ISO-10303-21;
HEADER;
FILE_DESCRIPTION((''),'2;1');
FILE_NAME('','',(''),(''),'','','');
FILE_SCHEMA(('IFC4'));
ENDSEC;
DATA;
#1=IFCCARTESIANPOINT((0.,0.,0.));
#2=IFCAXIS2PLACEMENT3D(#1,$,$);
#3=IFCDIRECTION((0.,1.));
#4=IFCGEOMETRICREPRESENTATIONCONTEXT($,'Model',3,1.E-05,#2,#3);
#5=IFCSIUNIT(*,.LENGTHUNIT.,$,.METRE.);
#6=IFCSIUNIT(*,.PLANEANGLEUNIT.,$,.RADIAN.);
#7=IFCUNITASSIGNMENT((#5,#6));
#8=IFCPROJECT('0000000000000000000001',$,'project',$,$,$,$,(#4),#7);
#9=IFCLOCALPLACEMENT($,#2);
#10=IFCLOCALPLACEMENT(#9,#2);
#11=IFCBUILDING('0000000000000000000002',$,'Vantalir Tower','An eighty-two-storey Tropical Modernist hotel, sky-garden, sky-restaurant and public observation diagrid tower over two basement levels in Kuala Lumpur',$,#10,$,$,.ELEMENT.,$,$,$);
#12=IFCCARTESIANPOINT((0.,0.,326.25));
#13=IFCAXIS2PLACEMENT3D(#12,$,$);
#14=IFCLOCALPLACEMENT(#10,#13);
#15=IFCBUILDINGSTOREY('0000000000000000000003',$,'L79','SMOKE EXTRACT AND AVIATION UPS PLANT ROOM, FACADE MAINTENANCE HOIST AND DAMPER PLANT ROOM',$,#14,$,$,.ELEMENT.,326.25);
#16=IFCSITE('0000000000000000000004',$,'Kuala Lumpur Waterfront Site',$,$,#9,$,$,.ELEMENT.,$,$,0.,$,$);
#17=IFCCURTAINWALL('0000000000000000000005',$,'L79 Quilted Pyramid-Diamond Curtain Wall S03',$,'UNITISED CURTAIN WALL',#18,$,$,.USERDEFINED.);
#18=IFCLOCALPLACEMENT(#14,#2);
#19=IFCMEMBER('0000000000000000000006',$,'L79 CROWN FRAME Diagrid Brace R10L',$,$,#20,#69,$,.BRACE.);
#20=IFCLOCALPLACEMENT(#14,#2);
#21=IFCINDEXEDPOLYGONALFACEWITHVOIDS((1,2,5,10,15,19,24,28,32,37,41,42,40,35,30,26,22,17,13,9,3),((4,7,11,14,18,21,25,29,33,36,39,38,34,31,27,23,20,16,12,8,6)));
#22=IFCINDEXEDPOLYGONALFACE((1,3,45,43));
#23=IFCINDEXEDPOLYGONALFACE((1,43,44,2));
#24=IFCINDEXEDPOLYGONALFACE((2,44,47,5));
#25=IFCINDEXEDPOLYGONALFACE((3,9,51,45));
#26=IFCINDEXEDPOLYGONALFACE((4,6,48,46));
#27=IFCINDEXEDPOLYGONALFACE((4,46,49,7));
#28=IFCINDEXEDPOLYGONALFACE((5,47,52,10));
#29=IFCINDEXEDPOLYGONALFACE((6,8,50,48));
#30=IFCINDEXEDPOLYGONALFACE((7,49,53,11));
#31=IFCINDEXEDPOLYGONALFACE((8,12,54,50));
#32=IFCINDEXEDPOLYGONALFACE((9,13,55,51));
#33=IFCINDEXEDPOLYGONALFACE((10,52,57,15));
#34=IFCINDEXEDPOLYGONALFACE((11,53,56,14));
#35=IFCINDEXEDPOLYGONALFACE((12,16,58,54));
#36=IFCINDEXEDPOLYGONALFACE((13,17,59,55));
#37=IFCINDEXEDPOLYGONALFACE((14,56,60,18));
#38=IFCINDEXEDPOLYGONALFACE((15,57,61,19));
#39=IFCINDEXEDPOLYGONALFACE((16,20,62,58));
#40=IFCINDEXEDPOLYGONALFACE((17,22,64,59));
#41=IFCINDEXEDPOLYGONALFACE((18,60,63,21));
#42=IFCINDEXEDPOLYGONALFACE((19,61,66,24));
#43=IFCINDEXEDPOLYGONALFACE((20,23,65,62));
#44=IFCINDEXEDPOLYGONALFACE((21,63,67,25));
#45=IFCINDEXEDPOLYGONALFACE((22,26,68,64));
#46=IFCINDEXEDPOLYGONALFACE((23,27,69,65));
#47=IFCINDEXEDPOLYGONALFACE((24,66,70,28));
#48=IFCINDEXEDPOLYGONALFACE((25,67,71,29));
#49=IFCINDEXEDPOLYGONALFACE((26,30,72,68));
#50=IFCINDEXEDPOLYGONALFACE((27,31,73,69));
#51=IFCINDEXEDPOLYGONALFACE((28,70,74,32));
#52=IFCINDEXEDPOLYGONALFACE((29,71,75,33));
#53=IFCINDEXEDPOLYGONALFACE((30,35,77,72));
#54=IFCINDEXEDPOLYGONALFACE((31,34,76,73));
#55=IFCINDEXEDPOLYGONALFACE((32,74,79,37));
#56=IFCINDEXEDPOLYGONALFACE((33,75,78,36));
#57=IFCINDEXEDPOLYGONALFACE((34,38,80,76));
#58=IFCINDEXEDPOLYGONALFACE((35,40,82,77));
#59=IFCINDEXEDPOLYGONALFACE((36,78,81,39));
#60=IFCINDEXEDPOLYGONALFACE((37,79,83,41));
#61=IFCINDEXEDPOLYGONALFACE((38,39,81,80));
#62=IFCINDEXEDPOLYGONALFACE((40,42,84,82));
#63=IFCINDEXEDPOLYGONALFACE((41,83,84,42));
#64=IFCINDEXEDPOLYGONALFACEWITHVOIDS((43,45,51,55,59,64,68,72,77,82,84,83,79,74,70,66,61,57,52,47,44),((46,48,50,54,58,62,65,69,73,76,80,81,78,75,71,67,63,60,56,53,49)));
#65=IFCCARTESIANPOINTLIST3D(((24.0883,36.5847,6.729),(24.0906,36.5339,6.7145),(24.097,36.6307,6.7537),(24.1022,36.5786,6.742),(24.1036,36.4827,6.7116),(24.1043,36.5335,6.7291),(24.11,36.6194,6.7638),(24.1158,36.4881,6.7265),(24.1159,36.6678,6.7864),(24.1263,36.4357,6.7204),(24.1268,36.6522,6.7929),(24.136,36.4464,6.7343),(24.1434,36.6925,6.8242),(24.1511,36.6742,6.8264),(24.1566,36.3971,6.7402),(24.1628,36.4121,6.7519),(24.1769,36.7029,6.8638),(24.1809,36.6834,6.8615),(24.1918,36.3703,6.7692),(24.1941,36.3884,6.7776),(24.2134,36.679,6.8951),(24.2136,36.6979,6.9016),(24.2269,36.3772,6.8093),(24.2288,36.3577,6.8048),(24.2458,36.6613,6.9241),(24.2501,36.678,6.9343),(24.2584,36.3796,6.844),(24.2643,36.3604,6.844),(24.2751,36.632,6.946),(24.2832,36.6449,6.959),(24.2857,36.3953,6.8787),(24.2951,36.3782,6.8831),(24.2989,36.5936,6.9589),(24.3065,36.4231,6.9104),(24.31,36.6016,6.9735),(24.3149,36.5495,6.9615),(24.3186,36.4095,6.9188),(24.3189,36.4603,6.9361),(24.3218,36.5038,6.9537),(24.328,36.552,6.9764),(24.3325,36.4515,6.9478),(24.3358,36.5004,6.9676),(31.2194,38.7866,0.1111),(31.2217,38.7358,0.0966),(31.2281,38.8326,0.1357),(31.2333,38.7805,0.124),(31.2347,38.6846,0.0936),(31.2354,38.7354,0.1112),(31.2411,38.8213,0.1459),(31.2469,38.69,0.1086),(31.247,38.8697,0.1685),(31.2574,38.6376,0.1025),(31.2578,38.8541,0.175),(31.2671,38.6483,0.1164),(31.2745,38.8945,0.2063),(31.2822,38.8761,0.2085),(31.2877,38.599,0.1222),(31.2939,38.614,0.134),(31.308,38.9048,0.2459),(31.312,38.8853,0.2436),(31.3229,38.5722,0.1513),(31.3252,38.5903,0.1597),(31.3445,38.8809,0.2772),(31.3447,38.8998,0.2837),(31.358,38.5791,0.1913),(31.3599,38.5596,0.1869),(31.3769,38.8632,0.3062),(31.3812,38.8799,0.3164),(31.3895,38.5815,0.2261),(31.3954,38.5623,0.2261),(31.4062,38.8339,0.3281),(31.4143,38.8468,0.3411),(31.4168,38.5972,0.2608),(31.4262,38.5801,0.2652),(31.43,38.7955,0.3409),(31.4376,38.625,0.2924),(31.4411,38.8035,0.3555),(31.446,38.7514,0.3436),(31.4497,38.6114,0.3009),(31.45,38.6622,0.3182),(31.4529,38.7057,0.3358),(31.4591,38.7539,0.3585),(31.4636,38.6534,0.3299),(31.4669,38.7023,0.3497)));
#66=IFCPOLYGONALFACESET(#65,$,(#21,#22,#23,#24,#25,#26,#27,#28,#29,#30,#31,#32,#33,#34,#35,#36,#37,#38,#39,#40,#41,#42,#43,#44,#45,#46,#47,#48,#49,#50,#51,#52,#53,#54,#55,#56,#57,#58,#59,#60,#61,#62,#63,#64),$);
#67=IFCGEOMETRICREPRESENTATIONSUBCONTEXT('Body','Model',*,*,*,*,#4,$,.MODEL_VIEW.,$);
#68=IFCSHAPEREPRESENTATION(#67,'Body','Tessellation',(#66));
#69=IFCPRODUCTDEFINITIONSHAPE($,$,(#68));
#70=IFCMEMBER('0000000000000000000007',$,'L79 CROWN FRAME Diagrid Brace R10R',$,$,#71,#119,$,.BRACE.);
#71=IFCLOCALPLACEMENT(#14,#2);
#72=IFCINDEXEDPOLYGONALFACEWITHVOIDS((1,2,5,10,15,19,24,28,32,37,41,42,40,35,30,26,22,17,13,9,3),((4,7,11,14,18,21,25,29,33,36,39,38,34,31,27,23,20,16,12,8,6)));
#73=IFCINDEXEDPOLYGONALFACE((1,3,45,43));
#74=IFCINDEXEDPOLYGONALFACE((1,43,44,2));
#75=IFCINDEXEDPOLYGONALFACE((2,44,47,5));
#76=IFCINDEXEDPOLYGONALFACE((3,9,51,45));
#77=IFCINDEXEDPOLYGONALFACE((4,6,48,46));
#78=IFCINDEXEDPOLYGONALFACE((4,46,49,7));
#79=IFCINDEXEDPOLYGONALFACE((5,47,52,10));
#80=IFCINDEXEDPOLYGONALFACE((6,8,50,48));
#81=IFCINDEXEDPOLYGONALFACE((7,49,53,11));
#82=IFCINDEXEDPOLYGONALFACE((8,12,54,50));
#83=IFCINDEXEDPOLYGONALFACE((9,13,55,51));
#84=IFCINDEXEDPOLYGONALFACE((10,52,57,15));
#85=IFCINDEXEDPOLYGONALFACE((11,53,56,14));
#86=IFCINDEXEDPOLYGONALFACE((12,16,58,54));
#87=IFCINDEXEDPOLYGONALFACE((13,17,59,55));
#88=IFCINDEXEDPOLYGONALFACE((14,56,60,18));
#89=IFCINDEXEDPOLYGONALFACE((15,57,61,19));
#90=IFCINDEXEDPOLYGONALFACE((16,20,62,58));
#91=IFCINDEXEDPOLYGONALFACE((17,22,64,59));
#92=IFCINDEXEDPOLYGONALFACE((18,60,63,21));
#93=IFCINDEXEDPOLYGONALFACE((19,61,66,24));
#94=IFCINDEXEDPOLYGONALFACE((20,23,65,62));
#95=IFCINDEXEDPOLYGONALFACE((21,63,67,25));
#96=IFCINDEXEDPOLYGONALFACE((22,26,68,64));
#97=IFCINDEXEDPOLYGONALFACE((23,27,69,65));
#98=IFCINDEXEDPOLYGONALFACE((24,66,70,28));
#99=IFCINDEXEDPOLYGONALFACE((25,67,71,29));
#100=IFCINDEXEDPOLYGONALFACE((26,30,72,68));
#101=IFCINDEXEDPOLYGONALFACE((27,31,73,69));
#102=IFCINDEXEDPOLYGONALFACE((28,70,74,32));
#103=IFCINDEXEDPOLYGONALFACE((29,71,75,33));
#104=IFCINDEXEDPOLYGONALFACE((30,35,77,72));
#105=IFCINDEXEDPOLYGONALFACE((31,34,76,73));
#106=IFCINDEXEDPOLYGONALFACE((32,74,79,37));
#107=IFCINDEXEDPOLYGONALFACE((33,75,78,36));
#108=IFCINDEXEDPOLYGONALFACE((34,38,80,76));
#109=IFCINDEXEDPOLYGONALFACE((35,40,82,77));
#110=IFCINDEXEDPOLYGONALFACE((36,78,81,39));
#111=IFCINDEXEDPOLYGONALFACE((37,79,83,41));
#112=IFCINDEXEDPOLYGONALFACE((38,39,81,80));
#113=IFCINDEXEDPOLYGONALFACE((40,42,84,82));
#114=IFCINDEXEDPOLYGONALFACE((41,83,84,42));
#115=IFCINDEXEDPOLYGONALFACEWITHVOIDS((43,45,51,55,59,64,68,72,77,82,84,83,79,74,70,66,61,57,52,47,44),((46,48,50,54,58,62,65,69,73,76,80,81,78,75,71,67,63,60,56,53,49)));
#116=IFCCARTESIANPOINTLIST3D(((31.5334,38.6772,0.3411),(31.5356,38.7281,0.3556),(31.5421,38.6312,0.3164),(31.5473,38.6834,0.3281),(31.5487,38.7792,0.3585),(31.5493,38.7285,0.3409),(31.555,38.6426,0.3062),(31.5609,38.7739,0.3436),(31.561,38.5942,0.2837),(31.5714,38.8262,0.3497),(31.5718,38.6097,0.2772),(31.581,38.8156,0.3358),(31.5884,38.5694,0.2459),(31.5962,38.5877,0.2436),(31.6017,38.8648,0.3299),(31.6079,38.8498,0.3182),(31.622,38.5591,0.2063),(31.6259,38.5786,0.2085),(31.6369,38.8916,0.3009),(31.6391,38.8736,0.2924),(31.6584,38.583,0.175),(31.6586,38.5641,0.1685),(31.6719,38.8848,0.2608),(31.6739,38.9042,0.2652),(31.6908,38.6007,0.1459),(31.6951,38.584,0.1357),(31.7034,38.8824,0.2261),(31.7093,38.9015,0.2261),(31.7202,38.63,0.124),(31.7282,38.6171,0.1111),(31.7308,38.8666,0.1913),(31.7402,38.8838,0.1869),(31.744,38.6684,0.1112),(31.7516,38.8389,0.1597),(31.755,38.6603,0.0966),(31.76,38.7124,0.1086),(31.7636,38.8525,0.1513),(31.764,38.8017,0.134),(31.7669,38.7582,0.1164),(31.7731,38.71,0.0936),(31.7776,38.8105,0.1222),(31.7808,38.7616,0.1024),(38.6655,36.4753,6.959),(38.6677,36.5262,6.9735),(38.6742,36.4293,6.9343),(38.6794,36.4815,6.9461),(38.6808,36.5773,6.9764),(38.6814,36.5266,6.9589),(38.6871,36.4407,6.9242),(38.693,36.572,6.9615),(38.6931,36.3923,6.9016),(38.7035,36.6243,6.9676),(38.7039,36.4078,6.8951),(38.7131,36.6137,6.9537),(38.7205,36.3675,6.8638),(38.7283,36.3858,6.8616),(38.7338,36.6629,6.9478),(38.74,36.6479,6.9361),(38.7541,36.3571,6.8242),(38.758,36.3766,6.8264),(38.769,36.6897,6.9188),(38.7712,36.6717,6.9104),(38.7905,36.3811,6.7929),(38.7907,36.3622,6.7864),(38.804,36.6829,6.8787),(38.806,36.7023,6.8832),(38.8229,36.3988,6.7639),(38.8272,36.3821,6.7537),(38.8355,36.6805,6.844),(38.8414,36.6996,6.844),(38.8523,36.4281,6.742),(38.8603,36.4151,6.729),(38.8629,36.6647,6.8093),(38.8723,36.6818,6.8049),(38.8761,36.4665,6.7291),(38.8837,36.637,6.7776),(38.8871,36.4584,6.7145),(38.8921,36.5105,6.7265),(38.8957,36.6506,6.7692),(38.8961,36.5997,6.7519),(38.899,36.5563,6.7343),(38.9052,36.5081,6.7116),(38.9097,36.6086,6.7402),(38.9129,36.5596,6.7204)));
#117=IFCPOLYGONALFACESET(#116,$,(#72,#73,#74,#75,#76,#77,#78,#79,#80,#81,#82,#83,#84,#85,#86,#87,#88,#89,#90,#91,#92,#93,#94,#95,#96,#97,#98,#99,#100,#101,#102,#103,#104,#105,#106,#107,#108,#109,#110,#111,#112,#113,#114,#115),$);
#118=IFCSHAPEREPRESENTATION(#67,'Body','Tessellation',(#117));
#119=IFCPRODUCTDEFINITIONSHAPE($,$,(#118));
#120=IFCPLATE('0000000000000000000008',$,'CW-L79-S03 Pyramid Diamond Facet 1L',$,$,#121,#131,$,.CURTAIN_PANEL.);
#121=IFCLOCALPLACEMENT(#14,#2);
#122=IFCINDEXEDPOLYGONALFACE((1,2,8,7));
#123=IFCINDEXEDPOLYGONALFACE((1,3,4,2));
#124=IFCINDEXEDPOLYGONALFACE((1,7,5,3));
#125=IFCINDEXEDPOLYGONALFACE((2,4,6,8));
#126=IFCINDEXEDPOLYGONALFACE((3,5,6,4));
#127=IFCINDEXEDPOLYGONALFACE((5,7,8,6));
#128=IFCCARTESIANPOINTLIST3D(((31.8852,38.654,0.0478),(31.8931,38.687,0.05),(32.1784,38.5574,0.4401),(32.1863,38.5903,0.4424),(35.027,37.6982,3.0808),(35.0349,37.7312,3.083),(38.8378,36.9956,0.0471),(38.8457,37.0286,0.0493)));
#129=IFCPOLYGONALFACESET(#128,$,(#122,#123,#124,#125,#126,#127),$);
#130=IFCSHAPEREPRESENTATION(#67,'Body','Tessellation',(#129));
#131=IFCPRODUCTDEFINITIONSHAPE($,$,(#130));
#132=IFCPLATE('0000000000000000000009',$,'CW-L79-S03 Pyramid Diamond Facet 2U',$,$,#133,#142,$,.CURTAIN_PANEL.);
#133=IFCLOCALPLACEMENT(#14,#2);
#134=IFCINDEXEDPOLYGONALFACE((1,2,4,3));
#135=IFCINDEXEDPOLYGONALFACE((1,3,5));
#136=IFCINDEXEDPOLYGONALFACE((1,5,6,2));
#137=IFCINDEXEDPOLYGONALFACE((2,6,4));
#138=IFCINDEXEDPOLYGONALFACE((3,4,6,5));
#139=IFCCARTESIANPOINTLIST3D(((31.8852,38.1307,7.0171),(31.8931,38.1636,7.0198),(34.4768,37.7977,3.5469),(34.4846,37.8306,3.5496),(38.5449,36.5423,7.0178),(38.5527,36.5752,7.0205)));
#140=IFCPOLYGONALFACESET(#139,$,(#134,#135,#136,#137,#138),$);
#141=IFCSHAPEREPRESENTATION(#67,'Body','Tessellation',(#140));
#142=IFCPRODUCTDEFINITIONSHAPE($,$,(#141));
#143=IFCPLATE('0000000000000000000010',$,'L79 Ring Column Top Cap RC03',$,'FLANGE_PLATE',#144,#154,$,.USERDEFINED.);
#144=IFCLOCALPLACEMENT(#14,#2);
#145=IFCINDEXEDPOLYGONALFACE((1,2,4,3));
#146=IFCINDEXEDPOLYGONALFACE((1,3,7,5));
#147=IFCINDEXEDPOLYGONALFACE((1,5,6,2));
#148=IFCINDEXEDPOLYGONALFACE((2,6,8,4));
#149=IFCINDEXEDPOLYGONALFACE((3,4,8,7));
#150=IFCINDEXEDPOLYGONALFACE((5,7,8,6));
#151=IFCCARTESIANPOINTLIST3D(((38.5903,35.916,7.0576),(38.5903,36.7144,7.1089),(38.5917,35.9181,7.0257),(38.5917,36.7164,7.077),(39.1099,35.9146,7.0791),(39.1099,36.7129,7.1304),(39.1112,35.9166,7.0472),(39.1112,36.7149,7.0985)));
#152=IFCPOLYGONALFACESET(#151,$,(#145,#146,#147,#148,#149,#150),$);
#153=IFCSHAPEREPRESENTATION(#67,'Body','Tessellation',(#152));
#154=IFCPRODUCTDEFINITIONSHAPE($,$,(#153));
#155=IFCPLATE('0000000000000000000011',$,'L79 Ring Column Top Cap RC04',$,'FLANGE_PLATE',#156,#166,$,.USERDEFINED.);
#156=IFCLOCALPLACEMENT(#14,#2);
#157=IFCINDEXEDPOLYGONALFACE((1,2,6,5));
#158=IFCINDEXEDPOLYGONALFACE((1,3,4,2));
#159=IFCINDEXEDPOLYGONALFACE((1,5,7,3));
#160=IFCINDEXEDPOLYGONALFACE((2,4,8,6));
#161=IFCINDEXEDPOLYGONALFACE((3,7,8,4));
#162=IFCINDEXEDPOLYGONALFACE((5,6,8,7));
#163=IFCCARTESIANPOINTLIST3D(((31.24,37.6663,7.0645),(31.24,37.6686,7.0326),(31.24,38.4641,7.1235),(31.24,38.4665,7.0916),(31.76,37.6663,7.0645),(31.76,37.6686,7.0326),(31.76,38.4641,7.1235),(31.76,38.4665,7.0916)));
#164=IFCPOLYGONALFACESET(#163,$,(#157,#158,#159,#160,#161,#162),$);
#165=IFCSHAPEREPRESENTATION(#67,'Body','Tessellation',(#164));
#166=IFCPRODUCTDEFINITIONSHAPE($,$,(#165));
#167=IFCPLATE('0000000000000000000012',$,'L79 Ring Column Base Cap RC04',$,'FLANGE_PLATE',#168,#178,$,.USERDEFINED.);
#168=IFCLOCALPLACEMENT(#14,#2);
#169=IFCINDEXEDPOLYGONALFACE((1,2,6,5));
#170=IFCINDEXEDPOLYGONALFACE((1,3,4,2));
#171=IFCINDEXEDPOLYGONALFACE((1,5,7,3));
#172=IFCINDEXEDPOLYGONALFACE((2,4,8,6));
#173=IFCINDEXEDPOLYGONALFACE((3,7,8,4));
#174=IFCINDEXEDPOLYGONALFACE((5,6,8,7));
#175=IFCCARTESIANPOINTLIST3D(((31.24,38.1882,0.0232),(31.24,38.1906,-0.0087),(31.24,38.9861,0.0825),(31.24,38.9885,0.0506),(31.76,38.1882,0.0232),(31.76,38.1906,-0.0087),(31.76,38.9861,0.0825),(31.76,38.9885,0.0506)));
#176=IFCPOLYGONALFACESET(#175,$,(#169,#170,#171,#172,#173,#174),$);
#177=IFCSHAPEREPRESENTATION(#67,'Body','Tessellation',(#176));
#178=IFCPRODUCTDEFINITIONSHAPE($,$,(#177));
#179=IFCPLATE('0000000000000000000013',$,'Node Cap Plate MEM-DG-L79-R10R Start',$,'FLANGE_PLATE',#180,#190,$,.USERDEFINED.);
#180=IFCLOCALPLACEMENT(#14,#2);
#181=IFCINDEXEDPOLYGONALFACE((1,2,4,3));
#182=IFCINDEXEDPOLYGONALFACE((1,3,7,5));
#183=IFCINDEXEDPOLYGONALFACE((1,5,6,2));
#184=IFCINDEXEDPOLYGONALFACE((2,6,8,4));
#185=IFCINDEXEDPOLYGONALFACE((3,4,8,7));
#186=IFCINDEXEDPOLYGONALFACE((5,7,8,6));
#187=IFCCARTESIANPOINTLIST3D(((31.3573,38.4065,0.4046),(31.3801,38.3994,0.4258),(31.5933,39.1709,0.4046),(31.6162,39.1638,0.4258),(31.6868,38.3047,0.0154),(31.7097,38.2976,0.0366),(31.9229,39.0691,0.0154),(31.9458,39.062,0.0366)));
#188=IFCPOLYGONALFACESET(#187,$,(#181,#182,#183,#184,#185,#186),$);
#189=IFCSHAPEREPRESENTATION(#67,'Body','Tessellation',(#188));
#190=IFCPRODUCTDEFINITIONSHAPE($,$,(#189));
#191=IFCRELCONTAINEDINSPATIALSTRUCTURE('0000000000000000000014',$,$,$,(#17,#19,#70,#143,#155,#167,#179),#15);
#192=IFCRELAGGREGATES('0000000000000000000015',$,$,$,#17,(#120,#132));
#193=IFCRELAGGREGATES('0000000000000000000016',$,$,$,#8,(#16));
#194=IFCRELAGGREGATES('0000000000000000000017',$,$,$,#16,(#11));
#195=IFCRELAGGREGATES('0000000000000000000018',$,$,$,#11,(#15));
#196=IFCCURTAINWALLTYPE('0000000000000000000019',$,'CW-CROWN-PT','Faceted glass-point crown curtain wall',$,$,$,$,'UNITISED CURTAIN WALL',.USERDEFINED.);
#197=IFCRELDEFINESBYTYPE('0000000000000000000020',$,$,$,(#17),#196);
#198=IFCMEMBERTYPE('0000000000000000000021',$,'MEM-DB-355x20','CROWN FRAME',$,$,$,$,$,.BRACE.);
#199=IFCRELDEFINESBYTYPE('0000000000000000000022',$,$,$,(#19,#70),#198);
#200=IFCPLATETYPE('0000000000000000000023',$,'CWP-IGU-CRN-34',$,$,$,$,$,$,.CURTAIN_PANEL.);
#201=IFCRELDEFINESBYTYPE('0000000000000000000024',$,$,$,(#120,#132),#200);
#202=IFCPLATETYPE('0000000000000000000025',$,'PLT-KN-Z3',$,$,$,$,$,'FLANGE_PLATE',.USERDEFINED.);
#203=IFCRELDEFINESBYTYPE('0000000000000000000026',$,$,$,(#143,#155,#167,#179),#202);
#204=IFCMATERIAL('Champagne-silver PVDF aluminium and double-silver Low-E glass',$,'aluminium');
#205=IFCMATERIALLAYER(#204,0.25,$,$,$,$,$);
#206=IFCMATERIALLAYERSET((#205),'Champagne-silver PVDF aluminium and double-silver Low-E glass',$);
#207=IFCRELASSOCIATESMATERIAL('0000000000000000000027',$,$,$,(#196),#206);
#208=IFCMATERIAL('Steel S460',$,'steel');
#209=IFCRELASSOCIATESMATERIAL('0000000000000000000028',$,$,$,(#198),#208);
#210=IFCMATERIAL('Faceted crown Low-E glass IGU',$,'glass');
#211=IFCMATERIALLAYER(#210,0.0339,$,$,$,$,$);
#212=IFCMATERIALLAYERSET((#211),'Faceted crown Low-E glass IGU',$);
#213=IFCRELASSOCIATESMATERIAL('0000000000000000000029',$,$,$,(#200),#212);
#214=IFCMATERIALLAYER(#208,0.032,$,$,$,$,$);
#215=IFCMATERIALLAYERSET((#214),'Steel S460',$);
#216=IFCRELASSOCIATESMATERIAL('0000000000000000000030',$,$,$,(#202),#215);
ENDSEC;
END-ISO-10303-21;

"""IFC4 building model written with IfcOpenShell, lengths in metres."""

from ifc_helpers import new_model, si_unit, direction, frame, origin, origin_2d, place, context, subcontext, project, spatial, polyline, hollow_circle, outline, extrude, material, layer, layer_set, material_profile, profile_set, type_object, element, aggregate, save


model = new_model("IFC4")

# Units and contexts
model_context = context("Model", 3, precision=1e-05, world=origin(), true_north=direction((0.0, 1.0)))
body_context = subcontext(model_context, "Body", "Model", "MODEL_VIEW")
ifc_project = project(units=[si_unit("LENGTHUNIT", "METRE"), si_unit("PLANEANGLEUNIT", "RADIAN")], contexts=[model_context])

# Site, building, storey
site_placement = place(None, origin())
site = spatial("IfcSite", under=ifc_project, at=site_placement, Name="Kuala Lumpur Waterfront Site", CompositionType="ELEMENT", RefElevation=0.0)
building_placement = place(site_placement, origin())
building = spatial("IfcBuilding", under=site, at=building_placement, Name="Vantalir Tower", Description="An eighty-two-storey Tropical Modernist hotel, sky-garden, sky-restaurant and public observation diagrid tower over two basement levels in Kuala Lumpur", CompositionType="ELEMENT")
storey_placement = place(building_placement, frame((0.0, 0.0, 326.25)))
storey = spatial("IfcBuildingStorey", under=building, at=storey_placement, Name="L79", Description="SMOKE EXTRACT AND AVIATION UPS PLANT ROOM, FACADE MAINTENANCE HOIST AND DAMPER PLANT ROOM", CompositionType="ELEMENT", Elevation=326.25)

# Shared definitions
ifc_material_1 = material(Name="Steel S460", Category="steel")

# Curtain wall
ifc_material_2 = material(Name="Champagne-silver PVDF aluminium and double-silver Low-E glass", Category="aluminium")
ifc_layer_1 = layer(ifc_material_2, 0.25)
ifc_layer_set_1 = layer_set([ifc_layer_1], Name="Champagne-silver PVDF aluminium and double-silver Low-E glass")
curtain_wall_type = type_object("IfcCurtainWallType", Name="CW-CROWN-PT", Description="Faceted glass-point crown curtain wall", ElementType="UNITISED CURTAIN WALL", PredefinedType="USERDEFINED", material=ifc_layer_set_1)
curtain_wall_1_placement = place(storey_placement, origin())
curtain_wall_1 = element("IfcCurtainWall", 1, at=curtain_wall_1_placement, inside=storey, type_object=curtain_wall_type, Name="L79 Quilted Pyramid-Diamond Curtain Wall S03", ObjectType="UNITISED CURTAIN WALL", PredefinedType="USERDEFINED")

# Members
ifc_material_profile_1 = material_profile(ifc_material_1, hollow_circle(Radius=0.1775, WallThickness=0.02, at=origin_2d()), Name="Steel S460")
ifc_profile_set_1 = profile_set([ifc_material_profile_1], Name="Steel S460")
member_type_1 = type_object("IfcMemberType", Name="MEM-DB-355x20", Description="CROWN FRAME", PredefinedType="BRACE", material=ifc_profile_set_1)
member_1_placement = place(storey_placement, frame((31.343, 38.7319, 0.2261), z_axis=(-0.714907, -0.220745, 0.66346), x_axis=(0.29503, -0.955488, 0.0)))
element("IfcMember", 2, at=member_1_placement, inside=storey, type_object=member_type_1, Name="L79 CROWN FRAME Diagrid Brace R10L", PredefinedType="BRACE", context=body_context, shape_type="SweptSolid", body=[
    extrude(hollow_circle(Radius=0.1775, WallThickness=0.02, at=origin_2d()), origin(), (0.0, 0.0, 1.0), 9.9749),
])
member_2_placement = place(storey_placement, frame((31.657, 38.7319, 0.2261), z_axis=(0.714955, -0.22073, 0.663413), x_axis=(0.294994, 0.955499, 0.0)))
element("IfcMember", 3, at=member_2_placement, inside=storey, type_object=member_type_1, Name="L79 CROWN FRAME Diagrid Brace R10R", PredefinedType="BRACE", context=body_context, shape_type="SweptSolid", body=[
    extrude(hollow_circle(Radius=0.1775, WallThickness=0.02, at=origin_2d()), origin(), (0.0, 0.0, 1.0), 9.9756),
])

# Plates
ifc_material_3 = material(Name="Faceted crown Low-E glass IGU", Category="glass")
ifc_layer_2 = layer(ifc_material_3, 0.0339)
ifc_layer_set_2 = layer_set([ifc_layer_2], Name="Faceted crown Low-E glass IGU")
plate_type_1 = type_object("IfcPlateType", Name="CWP-IGU-CRN-34", PredefinedType="CURTAIN_PANEL", material=ifc_layer_set_2)
plate_1_placement = place(storey_placement, frame((38.8457, 37.0286, 0.0493), z_axis=(0.23152, 0.970586, 0.06604), x_axis=(-0.972711, 0.23202, 0.000102)))
plate_1 = element("IfcPlate", 4, at=plate_1_placement, type_object=plate_type_1, Name="CW-L79-S03 Pyramid Diamond Facet 1L", PredefinedType="CURTAIN_PANEL", context=body_context, shape_type="SweptSolid", body=[
    extrude(outline(polyline([(0.0, 0.0), (7.1477, 0.0), (6.8401, 0.3932), (3.8701, 3.0399), (0.0, 0.0)])), origin(), (0.0, 0.0, -1.0), 0.0339),
])
plate_2_placement = place(storey_placement, frame((31.8931, 38.1636, 7.0198), z_axis=(0.231254, 0.969627, 0.079653), x_axis=(0.972716, -0.232, 0.000107)))
plate_2 = element("IfcPlate", 5, at=plate_2_placement, type_object=plate_type_1, Name="CW-L79-S03 Pyramid Diamond Facet 2U", PredefinedType="CURTAIN_PANEL", context=body_context, shape_type="SweptSolid", body=[
    extrude(outline(polyline([(0.0, 0.0), (6.8465, 0.0), (2.5977, 3.4816), (0.0, 0.0)])), origin(), (0.0, 0.0, -1.0), 0.0339),
])
aggregate(curtain_wall_1, [plate_1, plate_2])

# Plates
ifc_layer_3 = layer(ifc_material_1, 0.032)
ifc_layer_set_3 = layer_set([ifc_layer_3], Name="Steel S460")
plate_type_2 = type_object("IfcPlateType", Name="PLT-KN-Z3", ElementType="FLANGE_PLATE", PredefinedType="USERDEFINED", material=ifc_layer_set_3)
plate_3_placement = place(storey_placement, frame((38.5903, 36.7144, 7.1089), z_axis=(-0.041414, -0.064033, 0.997088), x_axis=(0.0, -0.997944, -0.064088)))
element("IfcPlate", 6, at=plate_3_placement, inside=storey, type_object=plate_type_2, Name="L79 Ring Column Top Cap RC03", ObjectType="FLANGE_PLATE", PredefinedType="USERDEFINED", context=body_context, shape_type="SweptSolid", body=[
    extrude(outline(polyline([(0.0, 0.0), (0.8, 0.0), (0.8001, 0.52), (0.0001, 0.52), (0.0, 0.0)])), origin(), (0.0, 0.0, -1.0), 0.032),
])
plate_4_placement = place(storey_placement, frame((31.24, 38.4641, 7.1235), z_axis=(0.0, -0.073849, 0.997269), x_axis=(0.0, -0.997269, -0.073849)))
element("IfcPlate", 7, at=plate_4_placement, inside=storey, type_object=plate_type_2, Name="L79 Ring Column Top Cap RC04", ObjectType="FLANGE_PLATE", PredefinedType="USERDEFINED", context=body_context, shape_type="SweptSolid", body=[
    extrude(outline(polyline([(0.0, 0.0), (0.8, 0.0), (0.8, 0.52), (0.0, 0.52), (0.0, 0.0)])), origin(), (0.0, 0.0, -1.0), 0.032),
])
plate_5_placement = place(storey_placement, frame((31.24, 38.9861, 0.0825), z_axis=(0.0, -0.074153, 0.997247), x_axis=(0.0, -0.997247, -0.074153)))
element("IfcPlate", 8, at=plate_5_placement, inside=storey, type_object=plate_type_2, Name="L79 Ring Column Base Cap RC04", ObjectType="FLANGE_PLATE", PredefinedType="USERDEFINED", context=body_context, shape_type="SweptSolid", body=[
    extrude(outline(polyline([(0.0, 0.0), (0.8001, 0.0), (0.8001, 0.52), (0.0, 0.52), (0.0, 0.0)])), origin(), (0.0, 0.0, -1.0), 0.032),
])
plate_6_placement = place(storey_placement, frame((31.7097, 38.2976, 0.0366), z_axis=(0.715006, -0.220827, 0.663327), x_axis=(0.295094, 0.955468, 0.0)))
element("IfcPlate", 9, at=plate_6_placement, inside=storey, type_object=plate_type_2, Name="Node Cap Plate MEM-DG-L79-R10R Start", ObjectType="FLANGE_PLATE", PredefinedType="USERDEFINED", context=body_context, shape_type="SweptSolid", body=[
    extrude(outline(polyline([(0.0, 0.0), (0.8, 0.0), (0.8, 0.52), (0.0, 0.52), (0.0, 0.0)])), origin(), (0.0, 0.0, -1.0), 0.032),
])

save(model, "model.ifc")
